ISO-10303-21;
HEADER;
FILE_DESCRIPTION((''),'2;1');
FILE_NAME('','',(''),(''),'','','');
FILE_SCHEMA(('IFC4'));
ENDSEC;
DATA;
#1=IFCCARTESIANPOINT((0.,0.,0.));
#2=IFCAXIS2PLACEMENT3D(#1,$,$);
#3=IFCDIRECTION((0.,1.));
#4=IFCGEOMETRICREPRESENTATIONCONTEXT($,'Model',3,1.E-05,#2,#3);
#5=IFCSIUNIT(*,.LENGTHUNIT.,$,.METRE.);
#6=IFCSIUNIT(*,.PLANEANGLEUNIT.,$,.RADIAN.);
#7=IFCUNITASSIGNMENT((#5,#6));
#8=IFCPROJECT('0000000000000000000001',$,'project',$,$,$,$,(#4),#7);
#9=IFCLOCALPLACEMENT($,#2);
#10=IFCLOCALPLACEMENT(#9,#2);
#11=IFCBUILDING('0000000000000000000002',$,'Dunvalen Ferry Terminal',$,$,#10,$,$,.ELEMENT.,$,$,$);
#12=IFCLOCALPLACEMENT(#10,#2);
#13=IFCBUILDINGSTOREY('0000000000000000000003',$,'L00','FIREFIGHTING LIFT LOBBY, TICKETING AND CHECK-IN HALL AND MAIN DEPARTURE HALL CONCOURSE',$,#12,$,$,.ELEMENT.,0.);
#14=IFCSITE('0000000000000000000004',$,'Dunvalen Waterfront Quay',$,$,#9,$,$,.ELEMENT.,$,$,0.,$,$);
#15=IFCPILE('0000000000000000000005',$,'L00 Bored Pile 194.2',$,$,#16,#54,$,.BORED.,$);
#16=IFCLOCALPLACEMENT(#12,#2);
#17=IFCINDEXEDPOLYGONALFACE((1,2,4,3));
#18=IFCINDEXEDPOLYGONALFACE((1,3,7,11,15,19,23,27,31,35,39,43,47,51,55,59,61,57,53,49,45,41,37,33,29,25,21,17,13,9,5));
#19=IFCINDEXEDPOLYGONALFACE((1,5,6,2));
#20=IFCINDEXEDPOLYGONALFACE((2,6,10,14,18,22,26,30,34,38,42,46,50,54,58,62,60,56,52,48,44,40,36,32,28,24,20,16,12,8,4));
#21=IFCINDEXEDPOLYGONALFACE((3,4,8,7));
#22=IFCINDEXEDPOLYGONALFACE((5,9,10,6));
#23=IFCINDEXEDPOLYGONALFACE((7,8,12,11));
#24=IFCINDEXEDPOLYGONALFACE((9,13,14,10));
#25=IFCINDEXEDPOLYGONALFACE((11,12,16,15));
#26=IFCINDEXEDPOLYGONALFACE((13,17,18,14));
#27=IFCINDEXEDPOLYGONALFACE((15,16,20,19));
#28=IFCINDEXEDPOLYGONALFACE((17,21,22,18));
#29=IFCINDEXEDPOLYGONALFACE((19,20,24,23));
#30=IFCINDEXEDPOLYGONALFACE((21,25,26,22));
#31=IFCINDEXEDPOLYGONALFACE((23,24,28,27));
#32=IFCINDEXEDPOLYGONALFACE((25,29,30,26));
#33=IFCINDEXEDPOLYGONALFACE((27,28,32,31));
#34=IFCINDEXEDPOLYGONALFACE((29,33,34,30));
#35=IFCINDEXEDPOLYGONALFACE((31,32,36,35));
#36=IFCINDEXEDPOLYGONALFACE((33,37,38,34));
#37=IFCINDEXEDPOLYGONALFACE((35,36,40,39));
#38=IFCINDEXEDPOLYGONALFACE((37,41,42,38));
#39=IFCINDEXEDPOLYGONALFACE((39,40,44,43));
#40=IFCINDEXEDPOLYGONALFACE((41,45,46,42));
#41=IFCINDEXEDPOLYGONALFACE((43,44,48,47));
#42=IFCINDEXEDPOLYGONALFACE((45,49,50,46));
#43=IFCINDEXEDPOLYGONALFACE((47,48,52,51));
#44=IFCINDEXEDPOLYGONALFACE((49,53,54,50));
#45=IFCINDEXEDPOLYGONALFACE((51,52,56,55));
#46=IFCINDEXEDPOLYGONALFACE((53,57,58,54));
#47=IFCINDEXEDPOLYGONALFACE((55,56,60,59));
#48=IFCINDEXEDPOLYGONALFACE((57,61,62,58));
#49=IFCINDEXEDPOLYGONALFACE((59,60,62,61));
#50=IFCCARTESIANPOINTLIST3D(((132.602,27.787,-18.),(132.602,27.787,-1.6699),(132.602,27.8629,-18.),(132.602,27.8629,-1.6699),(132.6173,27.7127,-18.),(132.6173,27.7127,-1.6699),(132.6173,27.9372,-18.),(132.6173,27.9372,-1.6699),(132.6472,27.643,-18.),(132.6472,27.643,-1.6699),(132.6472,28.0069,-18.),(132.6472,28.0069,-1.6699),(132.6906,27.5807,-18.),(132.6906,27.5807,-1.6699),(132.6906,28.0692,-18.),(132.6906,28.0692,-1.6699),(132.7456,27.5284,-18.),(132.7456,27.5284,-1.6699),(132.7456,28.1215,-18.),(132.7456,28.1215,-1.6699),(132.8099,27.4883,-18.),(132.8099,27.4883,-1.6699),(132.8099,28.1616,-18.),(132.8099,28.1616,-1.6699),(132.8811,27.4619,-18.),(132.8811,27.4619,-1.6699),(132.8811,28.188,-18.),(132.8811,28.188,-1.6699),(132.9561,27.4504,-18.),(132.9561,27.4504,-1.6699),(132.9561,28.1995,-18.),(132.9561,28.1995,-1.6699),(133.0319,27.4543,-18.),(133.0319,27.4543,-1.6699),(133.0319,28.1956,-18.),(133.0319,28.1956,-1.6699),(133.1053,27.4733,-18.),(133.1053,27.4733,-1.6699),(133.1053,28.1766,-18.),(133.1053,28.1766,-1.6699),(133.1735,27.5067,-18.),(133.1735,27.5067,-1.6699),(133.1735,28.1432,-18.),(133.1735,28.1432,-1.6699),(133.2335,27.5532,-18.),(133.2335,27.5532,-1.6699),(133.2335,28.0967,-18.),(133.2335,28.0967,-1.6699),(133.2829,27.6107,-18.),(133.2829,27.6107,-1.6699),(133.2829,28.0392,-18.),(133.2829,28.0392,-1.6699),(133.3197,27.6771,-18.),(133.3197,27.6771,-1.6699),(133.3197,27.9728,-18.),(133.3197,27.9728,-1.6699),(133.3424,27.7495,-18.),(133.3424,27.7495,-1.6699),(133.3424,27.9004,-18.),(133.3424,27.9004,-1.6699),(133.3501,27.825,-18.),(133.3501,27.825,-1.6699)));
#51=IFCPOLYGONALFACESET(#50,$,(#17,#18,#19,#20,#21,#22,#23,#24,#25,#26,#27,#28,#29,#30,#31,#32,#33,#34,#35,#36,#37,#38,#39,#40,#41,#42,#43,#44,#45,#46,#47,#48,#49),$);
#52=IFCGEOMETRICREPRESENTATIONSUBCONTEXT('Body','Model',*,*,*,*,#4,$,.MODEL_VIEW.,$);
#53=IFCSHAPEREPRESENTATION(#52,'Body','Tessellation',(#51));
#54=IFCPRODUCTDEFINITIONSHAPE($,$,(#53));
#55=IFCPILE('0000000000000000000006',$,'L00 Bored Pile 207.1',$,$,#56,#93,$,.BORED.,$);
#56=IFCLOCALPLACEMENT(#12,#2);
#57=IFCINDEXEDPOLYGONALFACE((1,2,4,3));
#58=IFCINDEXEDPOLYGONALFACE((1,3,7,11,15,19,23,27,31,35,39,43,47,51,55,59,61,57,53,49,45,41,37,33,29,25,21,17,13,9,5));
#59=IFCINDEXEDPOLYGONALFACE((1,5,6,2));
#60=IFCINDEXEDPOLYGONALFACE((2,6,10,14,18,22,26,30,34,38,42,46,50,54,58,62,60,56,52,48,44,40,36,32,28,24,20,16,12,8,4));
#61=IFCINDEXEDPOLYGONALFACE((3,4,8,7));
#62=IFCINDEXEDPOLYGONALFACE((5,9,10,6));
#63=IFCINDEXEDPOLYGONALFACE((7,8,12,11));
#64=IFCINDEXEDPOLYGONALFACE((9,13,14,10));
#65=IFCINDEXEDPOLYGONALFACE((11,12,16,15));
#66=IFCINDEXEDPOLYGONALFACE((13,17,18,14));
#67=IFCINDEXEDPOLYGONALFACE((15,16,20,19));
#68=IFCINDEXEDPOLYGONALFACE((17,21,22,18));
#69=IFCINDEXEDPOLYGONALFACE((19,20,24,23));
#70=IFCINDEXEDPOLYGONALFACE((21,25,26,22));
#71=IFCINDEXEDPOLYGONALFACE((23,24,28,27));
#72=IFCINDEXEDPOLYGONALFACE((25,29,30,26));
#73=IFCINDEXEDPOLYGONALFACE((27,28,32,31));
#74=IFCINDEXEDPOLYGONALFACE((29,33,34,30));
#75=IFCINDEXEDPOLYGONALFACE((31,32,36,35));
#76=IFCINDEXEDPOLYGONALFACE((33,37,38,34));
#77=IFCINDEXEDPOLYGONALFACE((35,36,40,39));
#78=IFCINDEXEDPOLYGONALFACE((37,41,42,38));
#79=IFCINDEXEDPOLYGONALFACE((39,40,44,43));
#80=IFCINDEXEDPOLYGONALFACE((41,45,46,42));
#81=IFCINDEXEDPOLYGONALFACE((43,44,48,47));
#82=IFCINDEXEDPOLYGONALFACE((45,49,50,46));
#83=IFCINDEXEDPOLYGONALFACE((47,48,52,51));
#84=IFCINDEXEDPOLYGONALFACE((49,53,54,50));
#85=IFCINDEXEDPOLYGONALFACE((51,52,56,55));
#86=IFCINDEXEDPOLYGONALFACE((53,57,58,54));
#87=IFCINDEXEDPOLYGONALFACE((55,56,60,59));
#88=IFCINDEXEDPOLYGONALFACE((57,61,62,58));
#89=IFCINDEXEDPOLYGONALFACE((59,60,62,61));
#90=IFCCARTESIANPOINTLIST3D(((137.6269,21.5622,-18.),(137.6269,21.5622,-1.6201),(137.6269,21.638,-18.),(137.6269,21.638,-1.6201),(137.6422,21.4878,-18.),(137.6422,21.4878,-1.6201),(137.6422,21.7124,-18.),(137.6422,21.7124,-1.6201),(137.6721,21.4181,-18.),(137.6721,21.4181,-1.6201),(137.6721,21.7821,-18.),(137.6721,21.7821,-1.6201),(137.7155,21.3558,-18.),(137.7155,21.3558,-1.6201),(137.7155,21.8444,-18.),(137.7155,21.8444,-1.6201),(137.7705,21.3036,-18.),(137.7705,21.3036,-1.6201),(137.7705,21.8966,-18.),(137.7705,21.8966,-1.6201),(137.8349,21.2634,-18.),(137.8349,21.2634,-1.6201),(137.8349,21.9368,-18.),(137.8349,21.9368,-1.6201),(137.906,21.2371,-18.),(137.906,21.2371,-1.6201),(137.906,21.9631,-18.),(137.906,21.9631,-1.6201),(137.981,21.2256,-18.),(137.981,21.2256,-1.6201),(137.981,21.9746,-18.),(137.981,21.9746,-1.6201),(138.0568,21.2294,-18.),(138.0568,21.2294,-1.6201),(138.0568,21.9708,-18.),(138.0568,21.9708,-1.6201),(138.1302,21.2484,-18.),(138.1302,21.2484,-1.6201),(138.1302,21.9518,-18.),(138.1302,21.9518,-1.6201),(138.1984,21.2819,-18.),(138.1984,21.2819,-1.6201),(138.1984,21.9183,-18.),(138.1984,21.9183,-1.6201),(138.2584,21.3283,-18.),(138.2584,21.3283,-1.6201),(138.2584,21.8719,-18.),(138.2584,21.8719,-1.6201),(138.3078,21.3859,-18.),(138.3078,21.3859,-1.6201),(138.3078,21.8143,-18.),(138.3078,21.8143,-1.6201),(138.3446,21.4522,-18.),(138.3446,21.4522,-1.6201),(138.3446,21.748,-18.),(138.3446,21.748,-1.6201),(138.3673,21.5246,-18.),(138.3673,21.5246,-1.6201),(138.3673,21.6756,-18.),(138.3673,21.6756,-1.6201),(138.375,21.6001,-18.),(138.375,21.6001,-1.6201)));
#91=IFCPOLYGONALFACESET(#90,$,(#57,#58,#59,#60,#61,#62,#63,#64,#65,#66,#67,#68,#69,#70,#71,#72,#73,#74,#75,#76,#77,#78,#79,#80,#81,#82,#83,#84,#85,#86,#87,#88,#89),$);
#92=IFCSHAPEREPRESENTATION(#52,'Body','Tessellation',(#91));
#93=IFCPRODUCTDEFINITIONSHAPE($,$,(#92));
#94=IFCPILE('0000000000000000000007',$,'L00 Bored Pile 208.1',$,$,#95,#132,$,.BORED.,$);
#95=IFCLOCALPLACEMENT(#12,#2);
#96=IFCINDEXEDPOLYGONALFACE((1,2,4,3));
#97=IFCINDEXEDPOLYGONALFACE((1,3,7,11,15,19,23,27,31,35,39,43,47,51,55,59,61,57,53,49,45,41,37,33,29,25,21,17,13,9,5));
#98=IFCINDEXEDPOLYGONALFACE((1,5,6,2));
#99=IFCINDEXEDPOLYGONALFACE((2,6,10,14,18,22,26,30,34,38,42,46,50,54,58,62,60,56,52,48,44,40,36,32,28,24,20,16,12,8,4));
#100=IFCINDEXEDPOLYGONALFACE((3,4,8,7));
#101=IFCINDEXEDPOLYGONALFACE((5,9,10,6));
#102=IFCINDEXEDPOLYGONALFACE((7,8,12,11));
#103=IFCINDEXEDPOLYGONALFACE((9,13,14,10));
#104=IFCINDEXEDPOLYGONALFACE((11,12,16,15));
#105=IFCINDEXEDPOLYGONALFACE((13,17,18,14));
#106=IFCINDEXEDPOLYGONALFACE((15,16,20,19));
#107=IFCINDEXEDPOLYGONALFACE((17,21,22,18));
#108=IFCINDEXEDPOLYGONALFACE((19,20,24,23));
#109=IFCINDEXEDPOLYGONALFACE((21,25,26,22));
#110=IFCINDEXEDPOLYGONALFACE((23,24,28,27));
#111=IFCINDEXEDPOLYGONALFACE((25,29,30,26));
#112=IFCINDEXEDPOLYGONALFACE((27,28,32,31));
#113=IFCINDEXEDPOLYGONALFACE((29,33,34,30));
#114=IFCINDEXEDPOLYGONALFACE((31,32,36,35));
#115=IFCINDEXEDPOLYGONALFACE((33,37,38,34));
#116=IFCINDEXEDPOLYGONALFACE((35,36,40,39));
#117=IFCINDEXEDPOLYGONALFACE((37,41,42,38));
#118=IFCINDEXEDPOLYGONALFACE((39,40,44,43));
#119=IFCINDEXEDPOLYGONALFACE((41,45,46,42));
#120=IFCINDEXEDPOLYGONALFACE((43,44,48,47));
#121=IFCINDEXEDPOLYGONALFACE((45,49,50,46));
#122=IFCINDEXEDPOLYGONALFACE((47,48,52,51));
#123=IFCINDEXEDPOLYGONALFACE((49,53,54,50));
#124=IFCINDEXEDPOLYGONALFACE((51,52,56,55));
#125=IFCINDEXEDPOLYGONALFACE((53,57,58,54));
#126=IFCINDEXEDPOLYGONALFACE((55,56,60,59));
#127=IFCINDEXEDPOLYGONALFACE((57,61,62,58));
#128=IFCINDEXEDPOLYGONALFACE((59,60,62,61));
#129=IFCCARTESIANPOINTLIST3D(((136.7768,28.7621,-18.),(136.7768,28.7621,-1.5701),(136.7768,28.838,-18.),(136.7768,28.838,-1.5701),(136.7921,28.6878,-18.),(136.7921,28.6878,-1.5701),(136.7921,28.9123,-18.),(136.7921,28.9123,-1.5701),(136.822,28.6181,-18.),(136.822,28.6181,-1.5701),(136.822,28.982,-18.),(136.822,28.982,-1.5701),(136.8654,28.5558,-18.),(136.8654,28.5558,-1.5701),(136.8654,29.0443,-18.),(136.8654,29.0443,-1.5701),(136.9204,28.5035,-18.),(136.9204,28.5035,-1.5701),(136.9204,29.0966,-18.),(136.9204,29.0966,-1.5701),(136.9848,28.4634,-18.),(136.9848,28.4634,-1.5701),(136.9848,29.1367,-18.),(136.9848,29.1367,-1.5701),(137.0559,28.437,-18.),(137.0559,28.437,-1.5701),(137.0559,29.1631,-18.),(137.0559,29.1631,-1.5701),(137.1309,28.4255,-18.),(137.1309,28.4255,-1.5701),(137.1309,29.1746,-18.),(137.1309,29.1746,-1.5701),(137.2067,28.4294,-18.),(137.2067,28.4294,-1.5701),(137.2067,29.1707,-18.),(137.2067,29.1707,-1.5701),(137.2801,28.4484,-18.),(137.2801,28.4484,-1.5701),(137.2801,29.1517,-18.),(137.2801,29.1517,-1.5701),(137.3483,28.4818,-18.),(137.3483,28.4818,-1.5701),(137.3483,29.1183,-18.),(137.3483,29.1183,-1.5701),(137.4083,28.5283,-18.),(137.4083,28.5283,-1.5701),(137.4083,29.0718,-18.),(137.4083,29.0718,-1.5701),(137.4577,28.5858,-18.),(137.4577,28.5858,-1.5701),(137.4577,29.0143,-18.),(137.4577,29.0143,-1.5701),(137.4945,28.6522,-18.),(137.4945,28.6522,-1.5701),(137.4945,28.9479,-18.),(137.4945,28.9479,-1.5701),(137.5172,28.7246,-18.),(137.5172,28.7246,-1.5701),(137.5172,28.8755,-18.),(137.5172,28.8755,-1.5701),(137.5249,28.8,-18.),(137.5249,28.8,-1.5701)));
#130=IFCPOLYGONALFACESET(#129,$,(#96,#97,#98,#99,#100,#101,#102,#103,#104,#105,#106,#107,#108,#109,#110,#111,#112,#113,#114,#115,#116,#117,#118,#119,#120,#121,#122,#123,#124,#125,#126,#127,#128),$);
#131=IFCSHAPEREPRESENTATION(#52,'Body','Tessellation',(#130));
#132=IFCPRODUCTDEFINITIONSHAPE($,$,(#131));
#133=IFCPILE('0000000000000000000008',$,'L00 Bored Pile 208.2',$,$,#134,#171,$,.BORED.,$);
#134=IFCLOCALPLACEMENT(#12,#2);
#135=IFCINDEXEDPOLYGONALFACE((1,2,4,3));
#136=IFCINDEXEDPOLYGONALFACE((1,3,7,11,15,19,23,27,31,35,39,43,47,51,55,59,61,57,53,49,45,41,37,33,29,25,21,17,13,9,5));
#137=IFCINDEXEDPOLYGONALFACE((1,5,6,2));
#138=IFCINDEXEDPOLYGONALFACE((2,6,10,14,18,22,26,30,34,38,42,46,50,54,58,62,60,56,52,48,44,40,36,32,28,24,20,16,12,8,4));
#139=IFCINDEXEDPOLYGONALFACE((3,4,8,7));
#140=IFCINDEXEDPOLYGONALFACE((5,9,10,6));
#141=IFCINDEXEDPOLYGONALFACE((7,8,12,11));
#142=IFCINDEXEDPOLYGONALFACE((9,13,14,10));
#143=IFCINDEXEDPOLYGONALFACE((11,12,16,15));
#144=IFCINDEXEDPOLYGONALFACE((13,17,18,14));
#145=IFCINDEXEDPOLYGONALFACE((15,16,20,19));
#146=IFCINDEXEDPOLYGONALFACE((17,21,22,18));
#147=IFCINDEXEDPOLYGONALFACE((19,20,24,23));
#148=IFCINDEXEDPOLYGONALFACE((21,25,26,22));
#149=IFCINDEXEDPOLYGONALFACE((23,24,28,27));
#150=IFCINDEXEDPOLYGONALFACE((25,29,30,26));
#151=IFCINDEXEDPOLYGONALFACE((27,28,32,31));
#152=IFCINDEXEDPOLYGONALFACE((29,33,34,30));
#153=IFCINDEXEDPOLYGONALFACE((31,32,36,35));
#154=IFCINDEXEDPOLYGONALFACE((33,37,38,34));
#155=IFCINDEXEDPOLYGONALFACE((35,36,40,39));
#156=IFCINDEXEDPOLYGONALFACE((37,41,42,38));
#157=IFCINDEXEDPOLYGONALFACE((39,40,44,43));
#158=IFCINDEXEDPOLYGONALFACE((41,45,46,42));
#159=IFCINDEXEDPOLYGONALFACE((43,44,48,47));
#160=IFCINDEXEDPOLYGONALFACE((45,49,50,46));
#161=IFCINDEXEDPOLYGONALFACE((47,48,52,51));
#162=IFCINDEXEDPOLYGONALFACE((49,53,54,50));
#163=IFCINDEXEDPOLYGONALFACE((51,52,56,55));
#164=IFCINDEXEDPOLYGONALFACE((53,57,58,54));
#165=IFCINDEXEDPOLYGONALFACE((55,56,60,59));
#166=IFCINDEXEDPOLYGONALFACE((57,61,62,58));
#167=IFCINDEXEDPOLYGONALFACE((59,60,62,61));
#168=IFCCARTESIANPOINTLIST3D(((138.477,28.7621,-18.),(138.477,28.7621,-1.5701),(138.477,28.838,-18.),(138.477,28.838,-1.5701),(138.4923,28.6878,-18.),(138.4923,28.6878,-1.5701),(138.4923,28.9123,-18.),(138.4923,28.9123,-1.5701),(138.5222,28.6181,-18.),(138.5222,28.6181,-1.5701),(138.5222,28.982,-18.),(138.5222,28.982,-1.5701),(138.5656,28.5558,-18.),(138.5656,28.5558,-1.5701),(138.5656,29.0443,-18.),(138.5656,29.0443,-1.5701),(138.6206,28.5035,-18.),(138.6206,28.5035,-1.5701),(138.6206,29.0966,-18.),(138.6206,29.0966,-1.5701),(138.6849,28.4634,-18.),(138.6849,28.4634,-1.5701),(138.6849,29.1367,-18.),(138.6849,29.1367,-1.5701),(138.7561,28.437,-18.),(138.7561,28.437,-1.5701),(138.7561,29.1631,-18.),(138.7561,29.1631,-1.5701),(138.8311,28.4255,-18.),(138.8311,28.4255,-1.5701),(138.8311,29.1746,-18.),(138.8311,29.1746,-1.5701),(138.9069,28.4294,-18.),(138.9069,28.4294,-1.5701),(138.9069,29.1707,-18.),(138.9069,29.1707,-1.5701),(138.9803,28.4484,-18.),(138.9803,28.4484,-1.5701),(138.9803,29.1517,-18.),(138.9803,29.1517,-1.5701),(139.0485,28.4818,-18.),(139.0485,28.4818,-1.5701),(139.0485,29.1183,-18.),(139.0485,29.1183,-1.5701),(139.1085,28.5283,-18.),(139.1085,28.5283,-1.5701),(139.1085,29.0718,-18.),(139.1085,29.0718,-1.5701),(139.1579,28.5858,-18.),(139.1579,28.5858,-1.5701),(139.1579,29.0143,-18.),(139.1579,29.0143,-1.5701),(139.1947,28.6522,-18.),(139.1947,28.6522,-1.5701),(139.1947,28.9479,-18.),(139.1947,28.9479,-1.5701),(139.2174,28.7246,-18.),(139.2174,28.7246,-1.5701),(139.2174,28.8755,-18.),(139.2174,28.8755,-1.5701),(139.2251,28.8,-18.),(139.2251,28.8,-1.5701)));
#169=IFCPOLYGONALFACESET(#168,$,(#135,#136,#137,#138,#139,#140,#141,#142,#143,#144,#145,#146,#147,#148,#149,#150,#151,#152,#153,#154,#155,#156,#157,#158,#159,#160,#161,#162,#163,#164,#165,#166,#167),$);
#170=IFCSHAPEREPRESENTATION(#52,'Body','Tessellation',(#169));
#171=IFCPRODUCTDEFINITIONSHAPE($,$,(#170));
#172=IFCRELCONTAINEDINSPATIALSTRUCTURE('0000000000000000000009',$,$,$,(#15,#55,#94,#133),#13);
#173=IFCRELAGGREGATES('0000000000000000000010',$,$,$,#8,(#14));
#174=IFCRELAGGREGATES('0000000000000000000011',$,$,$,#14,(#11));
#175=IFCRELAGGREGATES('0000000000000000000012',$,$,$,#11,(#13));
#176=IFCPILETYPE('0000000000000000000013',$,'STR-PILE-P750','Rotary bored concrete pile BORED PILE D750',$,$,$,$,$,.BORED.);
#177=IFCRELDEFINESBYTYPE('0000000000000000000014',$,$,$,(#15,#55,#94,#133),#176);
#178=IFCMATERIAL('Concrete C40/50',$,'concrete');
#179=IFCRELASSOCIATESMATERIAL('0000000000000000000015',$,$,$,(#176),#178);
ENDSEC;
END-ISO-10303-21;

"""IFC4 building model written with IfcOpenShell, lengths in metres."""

from ifc_helpers import new_model, si_unit, direction, frame, origin, origin_2d, place, context, subcontext, project, spatial, circle, extrude, material, material_profile, profile_set, type_object, element, save


model = new_model("IFC4")

# Units and contexts
model_context = context("Model", 3, precision=1e-05, world=origin(), true_north=direction((0.0, 1.0)))
body_context = subcontext(model_context, "Body", "Model", "MODEL_VIEW")
ifc_project = project(units=[si_unit("LENGTHUNIT", "METRE"), si_unit("PLANEANGLEUNIT", "RADIAN")], contexts=[model_context])

# Site, building, storey
site_placement = place(None, origin())
site = spatial("IfcSite", under=ifc_project, at=site_placement, Name="Dunvalen Waterfront Quay", CompositionType="ELEMENT", RefElevation=0.0)
building_placement = place(site_placement, origin())
building = spatial("IfcBuilding", under=site, at=building_placement, Name="Dunvalen Ferry Terminal", CompositionType="ELEMENT")
storey_placement = place(building_placement, origin())
storey = spatial("IfcBuildingStorey", under=building, at=storey_placement, Name="L00", Description="FIREFIGHTING LIFT LOBBY, TICKETING AND CHECK-IN HALL AND MAIN DEPARTURE HALL CONCOURSE", CompositionType="ELEMENT", Elevation=0.0)

# Shared definitions
ifc_material = material(Name="Concrete C40/50", Category="concrete")

# Piles
ifc_material_profile_1 = material_profile(ifc_material, circle(Radius=0.375, at=origin_2d()), Name="Concrete C40/50")
ifc_profile_set_1 = profile_set([ifc_material_profile_1], Name="Concrete C40/50")
pile_type_1 = type_object("IfcPileType", Name="STR-PILE-P750", Description="Rotary bored concrete pile BORED PILE D750", PredefinedType="BORED", material=ifc_profile_set_1)
for number, where, z_axis, x_axis, name in (
    (1, (132.9751, 27.825, -1.6699), (0.0, 0.0, -1.0), (1.0, 0.0, 0.0), "L00 Bored Pile 194.2"),
):
    element("IfcPile", number, at=place(storey_placement, frame(where, z_axis=z_axis, x_axis=x_axis)), inside=storey, type_object=pile_type_1, Name=name, PredefinedType="BORED", context=body_context, shape_type="SweptSolid", body=[
        extrude(circle(Radius=0.375, at=origin_2d()), origin(), (0.0, 0.0, 1.0), 16.3301),
    ])
pile_1_placement = place(storey_placement, frame((138.0, 21.6001, -1.6201), z_axis=(0.0, 0.0, -1.0), x_axis=(1.0, 0.0, 0.0)))
element("IfcPile", 2, at=pile_1_placement, inside=storey, type_object=pile_type_1, Name="L00 Bored Pile 207.1", PredefinedType="BORED", context=body_context, shape_type="SweptSolid", body=[
    extrude(circle(Radius=0.375, at=origin_2d()), origin(), (0.0, 0.0, 1.0), 16.3799),
])
for number, where, z_axis, x_axis, name in (
    (3, (137.1499, 28.8, -1.5701), (0.0, 0.0, -1.0), (1.0, 0.0, 0.0), "L00 Bored Pile 208.1"),
    (4, (138.8501, 28.8, -1.5701), (0.0, 0.0, -1.0), (1.0, 0.0, 0.0), "L00 Bored Pile 208.2"),
):
    element("IfcPile", number, at=place(storey_placement, frame(where, z_axis=z_axis, x_axis=x_axis)), inside=storey, type_object=pile_type_1, Name=name, PredefinedType="BORED", context=body_context, shape_type="SweptSolid", body=[
        extrude(circle(Radius=0.375, at=origin_2d()), origin(), (0.0, 0.0, 1.0), 16.4299),
    ])

save(model, "model.ifc")
